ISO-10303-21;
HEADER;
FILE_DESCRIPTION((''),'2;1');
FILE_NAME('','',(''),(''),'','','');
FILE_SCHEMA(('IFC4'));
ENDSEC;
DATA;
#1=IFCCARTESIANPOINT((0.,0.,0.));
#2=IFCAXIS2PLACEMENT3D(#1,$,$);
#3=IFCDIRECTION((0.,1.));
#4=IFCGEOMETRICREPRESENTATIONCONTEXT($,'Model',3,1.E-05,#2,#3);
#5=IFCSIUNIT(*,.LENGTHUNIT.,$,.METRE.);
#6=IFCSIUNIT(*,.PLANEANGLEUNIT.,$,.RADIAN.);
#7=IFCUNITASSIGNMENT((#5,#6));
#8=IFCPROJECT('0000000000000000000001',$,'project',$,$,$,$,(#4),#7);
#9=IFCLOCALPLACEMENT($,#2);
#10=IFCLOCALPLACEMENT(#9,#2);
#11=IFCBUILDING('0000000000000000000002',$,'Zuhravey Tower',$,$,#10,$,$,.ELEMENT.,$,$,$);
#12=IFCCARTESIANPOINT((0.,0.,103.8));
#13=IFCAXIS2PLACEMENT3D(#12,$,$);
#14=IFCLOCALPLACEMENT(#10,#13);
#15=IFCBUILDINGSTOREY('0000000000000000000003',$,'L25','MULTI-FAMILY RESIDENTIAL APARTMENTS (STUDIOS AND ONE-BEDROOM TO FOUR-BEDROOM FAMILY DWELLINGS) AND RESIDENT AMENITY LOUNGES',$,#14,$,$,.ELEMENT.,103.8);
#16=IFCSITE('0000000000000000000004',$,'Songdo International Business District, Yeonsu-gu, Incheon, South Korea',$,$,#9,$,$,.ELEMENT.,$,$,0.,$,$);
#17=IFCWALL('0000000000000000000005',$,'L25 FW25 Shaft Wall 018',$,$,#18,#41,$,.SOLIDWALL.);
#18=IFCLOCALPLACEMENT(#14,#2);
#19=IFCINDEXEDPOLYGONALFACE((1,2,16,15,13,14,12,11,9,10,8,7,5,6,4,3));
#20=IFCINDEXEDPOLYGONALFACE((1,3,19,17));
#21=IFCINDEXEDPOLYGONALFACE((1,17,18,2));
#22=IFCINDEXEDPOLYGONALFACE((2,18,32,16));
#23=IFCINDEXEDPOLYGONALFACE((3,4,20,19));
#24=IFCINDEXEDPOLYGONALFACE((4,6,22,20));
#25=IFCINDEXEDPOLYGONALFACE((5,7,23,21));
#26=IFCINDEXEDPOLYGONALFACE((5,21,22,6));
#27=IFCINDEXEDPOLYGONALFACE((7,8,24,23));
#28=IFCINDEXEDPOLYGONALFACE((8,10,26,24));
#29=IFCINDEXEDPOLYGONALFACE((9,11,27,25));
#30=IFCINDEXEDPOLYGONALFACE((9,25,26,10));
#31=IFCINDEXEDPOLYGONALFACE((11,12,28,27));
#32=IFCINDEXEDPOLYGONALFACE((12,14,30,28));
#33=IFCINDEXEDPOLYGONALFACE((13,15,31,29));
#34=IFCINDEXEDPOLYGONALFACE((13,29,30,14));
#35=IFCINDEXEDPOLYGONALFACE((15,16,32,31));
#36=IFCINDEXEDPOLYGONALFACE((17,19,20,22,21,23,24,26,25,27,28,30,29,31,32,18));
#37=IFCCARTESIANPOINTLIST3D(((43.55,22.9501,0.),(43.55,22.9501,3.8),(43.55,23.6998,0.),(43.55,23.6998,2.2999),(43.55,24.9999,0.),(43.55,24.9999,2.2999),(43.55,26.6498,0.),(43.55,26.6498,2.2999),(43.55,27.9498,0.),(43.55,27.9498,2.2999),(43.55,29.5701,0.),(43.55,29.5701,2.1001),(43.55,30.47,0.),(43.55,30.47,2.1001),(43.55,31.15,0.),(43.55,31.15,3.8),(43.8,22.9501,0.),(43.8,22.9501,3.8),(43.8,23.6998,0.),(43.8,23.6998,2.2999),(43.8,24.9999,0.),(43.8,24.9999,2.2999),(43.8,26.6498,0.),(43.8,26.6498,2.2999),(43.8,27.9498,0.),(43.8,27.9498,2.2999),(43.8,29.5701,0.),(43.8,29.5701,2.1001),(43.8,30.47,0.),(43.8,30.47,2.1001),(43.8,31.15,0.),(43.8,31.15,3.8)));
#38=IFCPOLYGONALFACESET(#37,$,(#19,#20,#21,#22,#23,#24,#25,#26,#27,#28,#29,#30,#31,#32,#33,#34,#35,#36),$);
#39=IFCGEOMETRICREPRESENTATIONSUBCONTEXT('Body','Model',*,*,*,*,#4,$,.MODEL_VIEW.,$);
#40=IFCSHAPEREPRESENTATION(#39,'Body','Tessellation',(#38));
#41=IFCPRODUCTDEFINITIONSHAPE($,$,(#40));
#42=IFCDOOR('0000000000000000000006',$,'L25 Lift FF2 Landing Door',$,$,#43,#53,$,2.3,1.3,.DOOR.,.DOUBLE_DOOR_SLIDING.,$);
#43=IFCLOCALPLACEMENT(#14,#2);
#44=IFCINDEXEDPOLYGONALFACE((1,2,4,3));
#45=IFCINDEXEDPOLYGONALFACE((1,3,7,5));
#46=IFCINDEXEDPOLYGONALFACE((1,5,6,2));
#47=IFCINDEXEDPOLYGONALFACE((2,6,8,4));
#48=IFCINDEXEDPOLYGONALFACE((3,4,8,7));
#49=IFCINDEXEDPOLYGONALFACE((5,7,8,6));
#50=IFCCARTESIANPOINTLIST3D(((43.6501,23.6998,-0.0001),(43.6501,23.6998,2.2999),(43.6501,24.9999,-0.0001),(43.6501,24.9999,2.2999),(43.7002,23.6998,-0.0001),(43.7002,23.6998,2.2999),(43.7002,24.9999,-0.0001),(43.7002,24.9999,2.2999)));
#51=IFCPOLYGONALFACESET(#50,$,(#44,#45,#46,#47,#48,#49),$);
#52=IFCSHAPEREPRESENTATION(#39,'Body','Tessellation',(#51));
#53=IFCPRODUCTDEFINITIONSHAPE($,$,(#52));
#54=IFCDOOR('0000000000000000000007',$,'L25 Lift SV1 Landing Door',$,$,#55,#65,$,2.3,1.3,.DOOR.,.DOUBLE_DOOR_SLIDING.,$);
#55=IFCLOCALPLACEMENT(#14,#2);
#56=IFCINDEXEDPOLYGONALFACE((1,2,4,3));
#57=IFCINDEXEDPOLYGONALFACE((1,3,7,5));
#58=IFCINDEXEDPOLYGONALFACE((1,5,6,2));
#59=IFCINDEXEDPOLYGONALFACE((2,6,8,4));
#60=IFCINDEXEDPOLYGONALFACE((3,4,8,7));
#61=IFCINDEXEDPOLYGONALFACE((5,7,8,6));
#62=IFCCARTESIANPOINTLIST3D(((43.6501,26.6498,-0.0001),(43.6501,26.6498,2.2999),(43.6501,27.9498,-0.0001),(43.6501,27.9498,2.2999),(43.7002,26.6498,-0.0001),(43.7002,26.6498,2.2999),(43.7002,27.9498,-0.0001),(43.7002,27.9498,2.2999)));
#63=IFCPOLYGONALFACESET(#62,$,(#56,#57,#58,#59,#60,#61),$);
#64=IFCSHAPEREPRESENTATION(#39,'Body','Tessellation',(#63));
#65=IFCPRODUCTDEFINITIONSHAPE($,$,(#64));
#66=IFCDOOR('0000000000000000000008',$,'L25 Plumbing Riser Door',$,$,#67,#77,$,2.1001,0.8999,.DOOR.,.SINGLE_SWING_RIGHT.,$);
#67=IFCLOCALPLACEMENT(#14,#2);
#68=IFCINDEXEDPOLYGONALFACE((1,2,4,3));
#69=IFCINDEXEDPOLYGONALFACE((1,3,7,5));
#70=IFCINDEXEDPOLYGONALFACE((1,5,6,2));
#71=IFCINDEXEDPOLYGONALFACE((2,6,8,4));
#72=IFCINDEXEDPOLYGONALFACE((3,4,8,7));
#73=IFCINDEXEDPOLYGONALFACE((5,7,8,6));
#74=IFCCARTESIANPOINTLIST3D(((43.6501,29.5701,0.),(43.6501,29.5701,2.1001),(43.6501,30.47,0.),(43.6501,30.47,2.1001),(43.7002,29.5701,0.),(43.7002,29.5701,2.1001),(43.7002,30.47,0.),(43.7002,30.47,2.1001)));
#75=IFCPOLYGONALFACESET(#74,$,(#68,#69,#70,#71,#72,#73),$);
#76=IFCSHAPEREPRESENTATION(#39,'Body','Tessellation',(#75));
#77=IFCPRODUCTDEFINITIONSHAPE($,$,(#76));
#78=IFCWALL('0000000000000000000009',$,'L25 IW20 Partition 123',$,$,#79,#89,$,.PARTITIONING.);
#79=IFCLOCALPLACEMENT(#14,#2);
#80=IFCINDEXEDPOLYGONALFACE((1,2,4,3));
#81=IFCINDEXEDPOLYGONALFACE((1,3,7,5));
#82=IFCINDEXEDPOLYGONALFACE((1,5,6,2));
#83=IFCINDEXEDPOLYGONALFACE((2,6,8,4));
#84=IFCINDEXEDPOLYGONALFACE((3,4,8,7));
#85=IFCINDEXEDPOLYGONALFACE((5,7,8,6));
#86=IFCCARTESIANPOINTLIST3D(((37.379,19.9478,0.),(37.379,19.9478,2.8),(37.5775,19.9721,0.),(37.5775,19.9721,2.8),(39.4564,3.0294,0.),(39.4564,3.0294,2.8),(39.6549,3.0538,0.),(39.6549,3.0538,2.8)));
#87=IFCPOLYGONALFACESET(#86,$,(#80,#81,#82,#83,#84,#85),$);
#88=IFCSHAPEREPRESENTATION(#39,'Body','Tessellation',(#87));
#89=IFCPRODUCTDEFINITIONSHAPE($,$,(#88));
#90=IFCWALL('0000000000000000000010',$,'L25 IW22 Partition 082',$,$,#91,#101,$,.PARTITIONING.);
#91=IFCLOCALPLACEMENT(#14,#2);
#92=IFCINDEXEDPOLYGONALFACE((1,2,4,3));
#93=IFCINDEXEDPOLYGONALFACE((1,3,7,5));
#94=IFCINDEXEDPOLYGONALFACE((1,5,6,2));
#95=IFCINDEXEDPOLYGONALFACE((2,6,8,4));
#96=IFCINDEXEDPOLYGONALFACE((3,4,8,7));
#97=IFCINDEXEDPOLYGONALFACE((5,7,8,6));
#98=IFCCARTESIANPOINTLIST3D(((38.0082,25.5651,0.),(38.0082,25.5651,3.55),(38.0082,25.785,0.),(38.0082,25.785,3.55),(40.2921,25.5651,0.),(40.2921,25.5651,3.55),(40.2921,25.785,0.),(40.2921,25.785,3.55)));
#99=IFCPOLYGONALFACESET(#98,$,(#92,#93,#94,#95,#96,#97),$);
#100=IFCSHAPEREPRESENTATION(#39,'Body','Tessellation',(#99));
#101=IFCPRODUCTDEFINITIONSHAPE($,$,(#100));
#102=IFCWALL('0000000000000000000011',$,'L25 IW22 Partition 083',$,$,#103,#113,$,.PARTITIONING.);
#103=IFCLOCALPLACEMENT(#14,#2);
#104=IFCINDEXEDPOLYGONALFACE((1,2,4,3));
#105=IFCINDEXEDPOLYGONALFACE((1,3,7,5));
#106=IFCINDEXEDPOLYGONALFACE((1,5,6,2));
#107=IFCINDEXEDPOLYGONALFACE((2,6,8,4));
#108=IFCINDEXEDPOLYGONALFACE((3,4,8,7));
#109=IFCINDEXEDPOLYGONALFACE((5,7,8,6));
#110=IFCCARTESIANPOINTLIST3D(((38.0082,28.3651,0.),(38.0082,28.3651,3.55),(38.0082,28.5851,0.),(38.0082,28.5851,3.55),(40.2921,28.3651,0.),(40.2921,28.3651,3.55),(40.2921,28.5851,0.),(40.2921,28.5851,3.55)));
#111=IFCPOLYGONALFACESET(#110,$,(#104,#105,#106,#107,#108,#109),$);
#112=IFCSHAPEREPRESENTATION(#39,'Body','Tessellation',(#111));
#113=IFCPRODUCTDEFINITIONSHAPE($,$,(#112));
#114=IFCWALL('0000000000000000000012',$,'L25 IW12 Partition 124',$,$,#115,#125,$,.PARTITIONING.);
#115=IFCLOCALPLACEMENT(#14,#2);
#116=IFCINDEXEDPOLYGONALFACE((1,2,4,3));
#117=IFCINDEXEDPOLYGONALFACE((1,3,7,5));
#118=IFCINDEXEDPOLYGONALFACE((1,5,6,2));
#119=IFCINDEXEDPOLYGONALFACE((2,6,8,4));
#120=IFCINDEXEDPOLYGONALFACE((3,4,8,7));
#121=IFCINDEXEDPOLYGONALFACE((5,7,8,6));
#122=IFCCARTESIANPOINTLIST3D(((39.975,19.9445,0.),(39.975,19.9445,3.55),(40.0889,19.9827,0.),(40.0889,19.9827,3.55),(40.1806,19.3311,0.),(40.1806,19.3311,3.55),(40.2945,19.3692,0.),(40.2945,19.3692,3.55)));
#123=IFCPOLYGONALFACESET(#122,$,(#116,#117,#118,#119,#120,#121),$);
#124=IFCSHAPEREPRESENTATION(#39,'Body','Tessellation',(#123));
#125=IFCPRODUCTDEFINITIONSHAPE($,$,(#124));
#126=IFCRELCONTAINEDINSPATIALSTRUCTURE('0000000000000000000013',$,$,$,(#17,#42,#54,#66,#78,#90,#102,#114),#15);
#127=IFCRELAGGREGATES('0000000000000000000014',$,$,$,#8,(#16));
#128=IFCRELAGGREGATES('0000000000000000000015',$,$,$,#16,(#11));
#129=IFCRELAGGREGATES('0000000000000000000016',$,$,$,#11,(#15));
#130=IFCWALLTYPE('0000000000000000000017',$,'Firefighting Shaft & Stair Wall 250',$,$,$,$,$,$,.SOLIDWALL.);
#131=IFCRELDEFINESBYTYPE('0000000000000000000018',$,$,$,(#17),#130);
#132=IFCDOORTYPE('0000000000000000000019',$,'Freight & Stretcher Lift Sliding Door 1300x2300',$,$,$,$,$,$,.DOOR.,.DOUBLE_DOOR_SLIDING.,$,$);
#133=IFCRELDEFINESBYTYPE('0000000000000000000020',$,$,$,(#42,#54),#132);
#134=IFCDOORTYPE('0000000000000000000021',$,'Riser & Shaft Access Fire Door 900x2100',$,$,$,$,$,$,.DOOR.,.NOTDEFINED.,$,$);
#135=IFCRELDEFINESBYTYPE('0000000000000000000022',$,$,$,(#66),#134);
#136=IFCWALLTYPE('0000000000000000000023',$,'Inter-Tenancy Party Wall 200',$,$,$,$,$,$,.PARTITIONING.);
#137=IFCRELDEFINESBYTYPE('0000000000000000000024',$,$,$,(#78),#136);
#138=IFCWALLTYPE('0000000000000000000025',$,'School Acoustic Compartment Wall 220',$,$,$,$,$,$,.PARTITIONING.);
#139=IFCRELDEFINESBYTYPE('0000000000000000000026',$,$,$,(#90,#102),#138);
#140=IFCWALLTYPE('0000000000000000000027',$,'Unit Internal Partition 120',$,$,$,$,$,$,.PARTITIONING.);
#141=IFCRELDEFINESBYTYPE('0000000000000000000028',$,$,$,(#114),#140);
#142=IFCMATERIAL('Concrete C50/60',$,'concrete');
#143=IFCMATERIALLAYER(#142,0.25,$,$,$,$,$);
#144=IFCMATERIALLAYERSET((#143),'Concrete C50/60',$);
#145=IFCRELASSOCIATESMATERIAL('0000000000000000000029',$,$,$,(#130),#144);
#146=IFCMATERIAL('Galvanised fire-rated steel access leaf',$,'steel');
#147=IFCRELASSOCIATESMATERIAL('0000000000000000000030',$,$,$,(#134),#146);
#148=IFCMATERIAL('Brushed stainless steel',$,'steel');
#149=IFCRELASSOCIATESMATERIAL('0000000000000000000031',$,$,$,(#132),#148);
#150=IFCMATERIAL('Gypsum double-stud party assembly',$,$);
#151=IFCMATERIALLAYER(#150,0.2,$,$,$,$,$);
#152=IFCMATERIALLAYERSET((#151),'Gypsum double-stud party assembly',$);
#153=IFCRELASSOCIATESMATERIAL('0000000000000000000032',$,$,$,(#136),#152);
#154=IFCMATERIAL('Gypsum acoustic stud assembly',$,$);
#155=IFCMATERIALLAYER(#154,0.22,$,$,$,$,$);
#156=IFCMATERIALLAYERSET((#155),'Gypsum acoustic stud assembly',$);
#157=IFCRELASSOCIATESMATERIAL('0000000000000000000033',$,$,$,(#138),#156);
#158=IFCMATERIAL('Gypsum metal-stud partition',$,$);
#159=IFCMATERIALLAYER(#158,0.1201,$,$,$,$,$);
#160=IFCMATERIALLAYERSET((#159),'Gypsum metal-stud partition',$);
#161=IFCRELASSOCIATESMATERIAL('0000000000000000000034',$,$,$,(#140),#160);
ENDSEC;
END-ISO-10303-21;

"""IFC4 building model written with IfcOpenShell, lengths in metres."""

from ifc_helpers import new_model, si_unit, direction, frame, frame_2d, origin, place, context, subcontext, project, spatial, rectangle, extrude, material, layer, layer_set, type_object, element, fill, save


model = new_model("IFC4")

# Units and contexts
model_context = context("Model", 3, precision=1e-05, world=origin(), true_north=direction((0.0, 1.0)))
body_context = subcontext(model_context, "Body", "Model", "MODEL_VIEW")
ifc_project = project(units=[si_unit("LENGTHUNIT", "METRE"), si_unit("PLANEANGLEUNIT", "RADIAN")], contexts=[model_context])

# Site, building, storey
site_placement = place(None, origin())
site = spatial("IfcSite", under=ifc_project, at=site_placement, Name="Songdo International Business District, Yeonsu-gu, Incheon, South Korea", CompositionType="ELEMENT", RefElevation=0.0)
building_placement = place(site_placement, origin())
building = spatial("IfcBuilding", under=site, at=building_placement, Name="Zuhravey Tower", CompositionType="ELEMENT")
storey_placement = place(building_placement, frame((0.0, 0.0, 103.8)))
storey = spatial("IfcBuildingStorey", under=building, at=storey_placement, Name="L25", Description="MULTI-FAMILY RESIDENTIAL APARTMENTS (STUDIOS AND ONE-BEDROOM TO FOUR-BEDROOM FAMILY DWELLINGS) AND RESIDENT AMENITY LOUNGES", CompositionType="ELEMENT", Elevation=103.8)

# Shared definitions
ifc_material_1 = material(Name="Concrete C50/60", Category="concrete")
ifc_layer_1 = layer(ifc_material_1, 0.25)
ifc_layer_set_1 = layer_set([ifc_layer_1], Name="Concrete C50/60")
wall_type_1 = type_object("IfcWallType", Name="Firefighting Shaft & Stair Wall 250", PredefinedType="SOLIDWALL", material=ifc_layer_set_1)

# Shared definitions
ifc_material_2 = material(Name="Galvanised fire-rated steel access leaf", Category="steel")
door_type_1 = type_object("IfcDoorType", Name="Riser & Shaft Access Fire Door 900x2100", OperationType="NOTDEFINED", PredefinedType="DOOR", material=ifc_material_2)

# Wall, openings, doors
wall_1_placement = place(storey_placement, frame((43.675, 22.95, 0.0), z_axis=(0.0, 0.0, 1.0), x_axis=(0.0, 1.0, 0.0)))
wall_1 = element("IfcWall", 1, at=wall_1_placement, inside=storey, type_object=wall_type_1, Name="L25 FW25 Shaft Wall 018", PredefinedType="SOLIDWALL", context=body_context, shape_type="SweptSolid", body=[
    extrude(rectangle(XDim=8.2, YDim=0.25, at=frame_2d((4.1001, 0.0))), origin(), (0.0, 0.0, 1.0), 3.8),
])
opening_1_placement = place(wall_1_placement, frame((0.75, 0.0, 0.0)))
opening_1 = element("IfcOpeningElement", 2, at=opening_1_placement, cuts=wall_1, PredefinedType="OPENING", context=body_context, shape_type="SweptSolid", body=[
    extrude(rectangle(XDim=1.3, YDim=2.3, at=frame_2d((0.6499, 1.1499))), frame((0.0, 0.137, 0.0), z_axis=(0.0, -1.0, 0.0), x_axis=(1.0, 0.0, 0.0)), (0.0, 0.0, 1.0), 0.2739),
])
opening_2_placement = place(wall_1_placement, frame((3.7, 0.0, 0.0)))
opening_2 = element("IfcOpeningElement", 3, at=opening_2_placement, cuts=wall_1, PredefinedType="OPENING", context=body_context, shape_type="SweptSolid", body=[
    extrude(rectangle(XDim=1.3, YDim=2.3, at=frame_2d((0.6499, 1.1499))), frame((0.0, 0.137, 0.0), z_axis=(0.0, -1.0, 0.0), x_axis=(1.0, 0.0, 0.0)), (0.0, 0.0, 1.0), 0.2739),
])
opening_3_placement = place(wall_1_placement, frame((6.6201, 0.0, 0.0)))
opening_3 = element("IfcOpeningElement", 4, at=opening_3_placement, cuts=wall_1, PredefinedType="OPENING", context=body_context, shape_type="SweptSolid", body=[
    extrude(rectangle(XDim=0.8999, YDim=2.1001, at=frame_2d((0.45, 1.05))), frame((0.0, 0.137, 0.0), z_axis=(0.0, -1.0, 0.0), x_axis=(1.0, 0.0, 0.0)), (0.0, 0.0, 1.0), 0.2739),
])
ifc_material_3 = material(Name="Brushed stainless steel", Category="steel")
door_type_2 = type_object("IfcDoorType", Name="Freight & Stretcher Lift Sliding Door 1300x2300", OperationType="DOUBLE_DOOR_SLIDING", PredefinedType="DOOR", material=ifc_material_3)
door_1_placement = place(opening_1_placement, origin())
door_1 = element("IfcDoor", 5, at=door_1_placement, inside=storey, type_object=door_type_2, Name="L25 Lift FF2 Landing Door", OperationType="DOUBLE_DOOR_SLIDING", OverallHeight=2.3, OverallWidth=1.3, PredefinedType="DOOR", context=body_context, shape_type="SweptSolid", body=[
    extrude(rectangle(XDim=1.3, YDim=2.3, at=frame_2d((0.6499, 1.1499))), frame((0.0, 0.0249, 0.0), z_axis=(0.0, -1.0, 0.0), x_axis=(1.0, 0.0, 0.0)), (0.0, 0.0, 1.0), 0.05),
])
fill(opening_1, door_1)
door_2_placement = place(opening_2_placement, origin())
door_2 = element("IfcDoor", 6, at=door_2_placement, inside=storey, type_object=door_type_2, Name="L25 Lift SV1 Landing Door", OperationType="DOUBLE_DOOR_SLIDING", OverallHeight=2.3, OverallWidth=1.3, PredefinedType="DOOR", context=body_context, shape_type="SweptSolid", body=[
    extrude(rectangle(XDim=1.3, YDim=2.3, at=frame_2d((0.6499, 1.1499))), frame((0.0, 0.0249, 0.0), z_axis=(0.0, -1.0, 0.0), x_axis=(1.0, 0.0, 0.0)), (0.0, 0.0, 1.0), 0.05),
])
fill(opening_2, door_2)
door_3_placement = place(opening_3_placement, origin())
door_3 = element("IfcDoor", 7, at=door_3_placement, inside=storey, type_object=door_type_1, Name="L25 Plumbing Riser Door", OperationType="SINGLE_SWING_RIGHT", OverallHeight=2.1001, OverallWidth=0.8999, PredefinedType="DOOR", context=body_context, shape_type="SweptSolid", body=[
    extrude(rectangle(XDim=0.8999, YDim=2.1001, at=frame_2d((0.45, 1.05))), frame((0.0, 0.0249, 0.0), z_axis=(0.0, -1.0, 0.0), x_axis=(1.0, 0.0, 0.0)), (0.0, 0.0, 1.0), 0.05),
])
fill(opening_3, door_3)

# Walls
ifc_material_4 = material(Name="Gypsum double-stud party assembly")
ifc_layer_2 = layer(ifc_material_4, 0.2)
ifc_layer_set_2 = layer_set([ifc_layer_2], Name="Gypsum double-stud party assembly")
wall_type_2 = type_object("IfcWallType", Name="Inter-Tenancy Party Wall 200", PredefinedType="PARTITIONING", material=ifc_layer_set_2)
wall_2_placement = place(storey_placement, frame((37.4783, 19.96, 0.0), z_axis=(0.0, 0.0, 1.0), x_axis=(0.121873, -0.992546, 0.0)))
element("IfcWall", 8, at=wall_2_placement, inside=storey, type_object=wall_type_2, Name="L25 IW20 Partition 123", PredefinedType="PARTITIONING", context=body_context, shape_type="SweptSolid", body=[
    extrude(rectangle(XDim=17.0454, YDim=0.2, at=frame_2d((8.5227, 0.0))), origin(), (0.0, 0.0, 1.0), 2.8),
])
ifc_material_5 = material(Name="Gypsum acoustic stud assembly")
ifc_layer_3 = layer(ifc_material_5, 0.22)
ifc_layer_set_3 = layer_set([ifc_layer_3], Name="Gypsum acoustic stud assembly")
wall_type_3 = type_object("IfcWallType", Name="School Acoustic Compartment Wall 220", PredefinedType="PARTITIONING", material=ifc_layer_set_3)
for number, where, z_axis, x_axis, name in (
    (9, (38.0081, 25.675, 0.0), (0.0, 0.0, 1.0), (1.0, 0.0, 0.0), "L25 IW22 Partition 082"),
    (10, (38.0081, 28.4751, 0.0), (0.0, 0.0, 1.0), (1.0, 0.0, 0.0), "L25 IW22 Partition 083"),
):
    element("IfcWall", number, at=place(storey_placement, frame(where, z_axis=z_axis, x_axis=x_axis)), inside=storey, type_object=wall_type_3, Name=name, PredefinedType="PARTITIONING", context=body_context, shape_type="SweptSolid", body=[
        extrude(rectangle(XDim=2.2839, YDim=0.22, at=frame_2d((1.1421, 0.0))), origin(), (0.0, 0.0, 1.0), 3.55),
    ])
ifc_material_6 = material(Name="Gypsum metal-stud partition")
ifc_layer_4 = layer(ifc_material_6, 0.1201)
ifc_layer_set_4 = layer_set([ifc_layer_4], Name="Gypsum metal-stud partition")
wall_type_4 = type_object("IfcWallType", Name="Unit Internal Partition 120", PredefinedType="PARTITIONING", material=ifc_layer_set_4)
wall_3_placement = place(storey_placement, frame((40.032, 19.9636, 0.0), z_axis=(0.0, 0.0, 1.0), x_axis=(0.317699, -0.948192, 0.0)))
element("IfcWall", 11, at=wall_3_placement, inside=storey, type_object=wall_type_4, Name="L25 IW12 Partition 124", PredefinedType="PARTITIONING", context=body_context, shape_type="SweptSolid", body=[
    extrude(rectangle(XDim=0.647, YDim=0.1201, at=frame_2d((0.3235, 0.0))), origin(), (0.0, 0.0, 1.0), 3.55),
])

save(model, "model.ifc")
